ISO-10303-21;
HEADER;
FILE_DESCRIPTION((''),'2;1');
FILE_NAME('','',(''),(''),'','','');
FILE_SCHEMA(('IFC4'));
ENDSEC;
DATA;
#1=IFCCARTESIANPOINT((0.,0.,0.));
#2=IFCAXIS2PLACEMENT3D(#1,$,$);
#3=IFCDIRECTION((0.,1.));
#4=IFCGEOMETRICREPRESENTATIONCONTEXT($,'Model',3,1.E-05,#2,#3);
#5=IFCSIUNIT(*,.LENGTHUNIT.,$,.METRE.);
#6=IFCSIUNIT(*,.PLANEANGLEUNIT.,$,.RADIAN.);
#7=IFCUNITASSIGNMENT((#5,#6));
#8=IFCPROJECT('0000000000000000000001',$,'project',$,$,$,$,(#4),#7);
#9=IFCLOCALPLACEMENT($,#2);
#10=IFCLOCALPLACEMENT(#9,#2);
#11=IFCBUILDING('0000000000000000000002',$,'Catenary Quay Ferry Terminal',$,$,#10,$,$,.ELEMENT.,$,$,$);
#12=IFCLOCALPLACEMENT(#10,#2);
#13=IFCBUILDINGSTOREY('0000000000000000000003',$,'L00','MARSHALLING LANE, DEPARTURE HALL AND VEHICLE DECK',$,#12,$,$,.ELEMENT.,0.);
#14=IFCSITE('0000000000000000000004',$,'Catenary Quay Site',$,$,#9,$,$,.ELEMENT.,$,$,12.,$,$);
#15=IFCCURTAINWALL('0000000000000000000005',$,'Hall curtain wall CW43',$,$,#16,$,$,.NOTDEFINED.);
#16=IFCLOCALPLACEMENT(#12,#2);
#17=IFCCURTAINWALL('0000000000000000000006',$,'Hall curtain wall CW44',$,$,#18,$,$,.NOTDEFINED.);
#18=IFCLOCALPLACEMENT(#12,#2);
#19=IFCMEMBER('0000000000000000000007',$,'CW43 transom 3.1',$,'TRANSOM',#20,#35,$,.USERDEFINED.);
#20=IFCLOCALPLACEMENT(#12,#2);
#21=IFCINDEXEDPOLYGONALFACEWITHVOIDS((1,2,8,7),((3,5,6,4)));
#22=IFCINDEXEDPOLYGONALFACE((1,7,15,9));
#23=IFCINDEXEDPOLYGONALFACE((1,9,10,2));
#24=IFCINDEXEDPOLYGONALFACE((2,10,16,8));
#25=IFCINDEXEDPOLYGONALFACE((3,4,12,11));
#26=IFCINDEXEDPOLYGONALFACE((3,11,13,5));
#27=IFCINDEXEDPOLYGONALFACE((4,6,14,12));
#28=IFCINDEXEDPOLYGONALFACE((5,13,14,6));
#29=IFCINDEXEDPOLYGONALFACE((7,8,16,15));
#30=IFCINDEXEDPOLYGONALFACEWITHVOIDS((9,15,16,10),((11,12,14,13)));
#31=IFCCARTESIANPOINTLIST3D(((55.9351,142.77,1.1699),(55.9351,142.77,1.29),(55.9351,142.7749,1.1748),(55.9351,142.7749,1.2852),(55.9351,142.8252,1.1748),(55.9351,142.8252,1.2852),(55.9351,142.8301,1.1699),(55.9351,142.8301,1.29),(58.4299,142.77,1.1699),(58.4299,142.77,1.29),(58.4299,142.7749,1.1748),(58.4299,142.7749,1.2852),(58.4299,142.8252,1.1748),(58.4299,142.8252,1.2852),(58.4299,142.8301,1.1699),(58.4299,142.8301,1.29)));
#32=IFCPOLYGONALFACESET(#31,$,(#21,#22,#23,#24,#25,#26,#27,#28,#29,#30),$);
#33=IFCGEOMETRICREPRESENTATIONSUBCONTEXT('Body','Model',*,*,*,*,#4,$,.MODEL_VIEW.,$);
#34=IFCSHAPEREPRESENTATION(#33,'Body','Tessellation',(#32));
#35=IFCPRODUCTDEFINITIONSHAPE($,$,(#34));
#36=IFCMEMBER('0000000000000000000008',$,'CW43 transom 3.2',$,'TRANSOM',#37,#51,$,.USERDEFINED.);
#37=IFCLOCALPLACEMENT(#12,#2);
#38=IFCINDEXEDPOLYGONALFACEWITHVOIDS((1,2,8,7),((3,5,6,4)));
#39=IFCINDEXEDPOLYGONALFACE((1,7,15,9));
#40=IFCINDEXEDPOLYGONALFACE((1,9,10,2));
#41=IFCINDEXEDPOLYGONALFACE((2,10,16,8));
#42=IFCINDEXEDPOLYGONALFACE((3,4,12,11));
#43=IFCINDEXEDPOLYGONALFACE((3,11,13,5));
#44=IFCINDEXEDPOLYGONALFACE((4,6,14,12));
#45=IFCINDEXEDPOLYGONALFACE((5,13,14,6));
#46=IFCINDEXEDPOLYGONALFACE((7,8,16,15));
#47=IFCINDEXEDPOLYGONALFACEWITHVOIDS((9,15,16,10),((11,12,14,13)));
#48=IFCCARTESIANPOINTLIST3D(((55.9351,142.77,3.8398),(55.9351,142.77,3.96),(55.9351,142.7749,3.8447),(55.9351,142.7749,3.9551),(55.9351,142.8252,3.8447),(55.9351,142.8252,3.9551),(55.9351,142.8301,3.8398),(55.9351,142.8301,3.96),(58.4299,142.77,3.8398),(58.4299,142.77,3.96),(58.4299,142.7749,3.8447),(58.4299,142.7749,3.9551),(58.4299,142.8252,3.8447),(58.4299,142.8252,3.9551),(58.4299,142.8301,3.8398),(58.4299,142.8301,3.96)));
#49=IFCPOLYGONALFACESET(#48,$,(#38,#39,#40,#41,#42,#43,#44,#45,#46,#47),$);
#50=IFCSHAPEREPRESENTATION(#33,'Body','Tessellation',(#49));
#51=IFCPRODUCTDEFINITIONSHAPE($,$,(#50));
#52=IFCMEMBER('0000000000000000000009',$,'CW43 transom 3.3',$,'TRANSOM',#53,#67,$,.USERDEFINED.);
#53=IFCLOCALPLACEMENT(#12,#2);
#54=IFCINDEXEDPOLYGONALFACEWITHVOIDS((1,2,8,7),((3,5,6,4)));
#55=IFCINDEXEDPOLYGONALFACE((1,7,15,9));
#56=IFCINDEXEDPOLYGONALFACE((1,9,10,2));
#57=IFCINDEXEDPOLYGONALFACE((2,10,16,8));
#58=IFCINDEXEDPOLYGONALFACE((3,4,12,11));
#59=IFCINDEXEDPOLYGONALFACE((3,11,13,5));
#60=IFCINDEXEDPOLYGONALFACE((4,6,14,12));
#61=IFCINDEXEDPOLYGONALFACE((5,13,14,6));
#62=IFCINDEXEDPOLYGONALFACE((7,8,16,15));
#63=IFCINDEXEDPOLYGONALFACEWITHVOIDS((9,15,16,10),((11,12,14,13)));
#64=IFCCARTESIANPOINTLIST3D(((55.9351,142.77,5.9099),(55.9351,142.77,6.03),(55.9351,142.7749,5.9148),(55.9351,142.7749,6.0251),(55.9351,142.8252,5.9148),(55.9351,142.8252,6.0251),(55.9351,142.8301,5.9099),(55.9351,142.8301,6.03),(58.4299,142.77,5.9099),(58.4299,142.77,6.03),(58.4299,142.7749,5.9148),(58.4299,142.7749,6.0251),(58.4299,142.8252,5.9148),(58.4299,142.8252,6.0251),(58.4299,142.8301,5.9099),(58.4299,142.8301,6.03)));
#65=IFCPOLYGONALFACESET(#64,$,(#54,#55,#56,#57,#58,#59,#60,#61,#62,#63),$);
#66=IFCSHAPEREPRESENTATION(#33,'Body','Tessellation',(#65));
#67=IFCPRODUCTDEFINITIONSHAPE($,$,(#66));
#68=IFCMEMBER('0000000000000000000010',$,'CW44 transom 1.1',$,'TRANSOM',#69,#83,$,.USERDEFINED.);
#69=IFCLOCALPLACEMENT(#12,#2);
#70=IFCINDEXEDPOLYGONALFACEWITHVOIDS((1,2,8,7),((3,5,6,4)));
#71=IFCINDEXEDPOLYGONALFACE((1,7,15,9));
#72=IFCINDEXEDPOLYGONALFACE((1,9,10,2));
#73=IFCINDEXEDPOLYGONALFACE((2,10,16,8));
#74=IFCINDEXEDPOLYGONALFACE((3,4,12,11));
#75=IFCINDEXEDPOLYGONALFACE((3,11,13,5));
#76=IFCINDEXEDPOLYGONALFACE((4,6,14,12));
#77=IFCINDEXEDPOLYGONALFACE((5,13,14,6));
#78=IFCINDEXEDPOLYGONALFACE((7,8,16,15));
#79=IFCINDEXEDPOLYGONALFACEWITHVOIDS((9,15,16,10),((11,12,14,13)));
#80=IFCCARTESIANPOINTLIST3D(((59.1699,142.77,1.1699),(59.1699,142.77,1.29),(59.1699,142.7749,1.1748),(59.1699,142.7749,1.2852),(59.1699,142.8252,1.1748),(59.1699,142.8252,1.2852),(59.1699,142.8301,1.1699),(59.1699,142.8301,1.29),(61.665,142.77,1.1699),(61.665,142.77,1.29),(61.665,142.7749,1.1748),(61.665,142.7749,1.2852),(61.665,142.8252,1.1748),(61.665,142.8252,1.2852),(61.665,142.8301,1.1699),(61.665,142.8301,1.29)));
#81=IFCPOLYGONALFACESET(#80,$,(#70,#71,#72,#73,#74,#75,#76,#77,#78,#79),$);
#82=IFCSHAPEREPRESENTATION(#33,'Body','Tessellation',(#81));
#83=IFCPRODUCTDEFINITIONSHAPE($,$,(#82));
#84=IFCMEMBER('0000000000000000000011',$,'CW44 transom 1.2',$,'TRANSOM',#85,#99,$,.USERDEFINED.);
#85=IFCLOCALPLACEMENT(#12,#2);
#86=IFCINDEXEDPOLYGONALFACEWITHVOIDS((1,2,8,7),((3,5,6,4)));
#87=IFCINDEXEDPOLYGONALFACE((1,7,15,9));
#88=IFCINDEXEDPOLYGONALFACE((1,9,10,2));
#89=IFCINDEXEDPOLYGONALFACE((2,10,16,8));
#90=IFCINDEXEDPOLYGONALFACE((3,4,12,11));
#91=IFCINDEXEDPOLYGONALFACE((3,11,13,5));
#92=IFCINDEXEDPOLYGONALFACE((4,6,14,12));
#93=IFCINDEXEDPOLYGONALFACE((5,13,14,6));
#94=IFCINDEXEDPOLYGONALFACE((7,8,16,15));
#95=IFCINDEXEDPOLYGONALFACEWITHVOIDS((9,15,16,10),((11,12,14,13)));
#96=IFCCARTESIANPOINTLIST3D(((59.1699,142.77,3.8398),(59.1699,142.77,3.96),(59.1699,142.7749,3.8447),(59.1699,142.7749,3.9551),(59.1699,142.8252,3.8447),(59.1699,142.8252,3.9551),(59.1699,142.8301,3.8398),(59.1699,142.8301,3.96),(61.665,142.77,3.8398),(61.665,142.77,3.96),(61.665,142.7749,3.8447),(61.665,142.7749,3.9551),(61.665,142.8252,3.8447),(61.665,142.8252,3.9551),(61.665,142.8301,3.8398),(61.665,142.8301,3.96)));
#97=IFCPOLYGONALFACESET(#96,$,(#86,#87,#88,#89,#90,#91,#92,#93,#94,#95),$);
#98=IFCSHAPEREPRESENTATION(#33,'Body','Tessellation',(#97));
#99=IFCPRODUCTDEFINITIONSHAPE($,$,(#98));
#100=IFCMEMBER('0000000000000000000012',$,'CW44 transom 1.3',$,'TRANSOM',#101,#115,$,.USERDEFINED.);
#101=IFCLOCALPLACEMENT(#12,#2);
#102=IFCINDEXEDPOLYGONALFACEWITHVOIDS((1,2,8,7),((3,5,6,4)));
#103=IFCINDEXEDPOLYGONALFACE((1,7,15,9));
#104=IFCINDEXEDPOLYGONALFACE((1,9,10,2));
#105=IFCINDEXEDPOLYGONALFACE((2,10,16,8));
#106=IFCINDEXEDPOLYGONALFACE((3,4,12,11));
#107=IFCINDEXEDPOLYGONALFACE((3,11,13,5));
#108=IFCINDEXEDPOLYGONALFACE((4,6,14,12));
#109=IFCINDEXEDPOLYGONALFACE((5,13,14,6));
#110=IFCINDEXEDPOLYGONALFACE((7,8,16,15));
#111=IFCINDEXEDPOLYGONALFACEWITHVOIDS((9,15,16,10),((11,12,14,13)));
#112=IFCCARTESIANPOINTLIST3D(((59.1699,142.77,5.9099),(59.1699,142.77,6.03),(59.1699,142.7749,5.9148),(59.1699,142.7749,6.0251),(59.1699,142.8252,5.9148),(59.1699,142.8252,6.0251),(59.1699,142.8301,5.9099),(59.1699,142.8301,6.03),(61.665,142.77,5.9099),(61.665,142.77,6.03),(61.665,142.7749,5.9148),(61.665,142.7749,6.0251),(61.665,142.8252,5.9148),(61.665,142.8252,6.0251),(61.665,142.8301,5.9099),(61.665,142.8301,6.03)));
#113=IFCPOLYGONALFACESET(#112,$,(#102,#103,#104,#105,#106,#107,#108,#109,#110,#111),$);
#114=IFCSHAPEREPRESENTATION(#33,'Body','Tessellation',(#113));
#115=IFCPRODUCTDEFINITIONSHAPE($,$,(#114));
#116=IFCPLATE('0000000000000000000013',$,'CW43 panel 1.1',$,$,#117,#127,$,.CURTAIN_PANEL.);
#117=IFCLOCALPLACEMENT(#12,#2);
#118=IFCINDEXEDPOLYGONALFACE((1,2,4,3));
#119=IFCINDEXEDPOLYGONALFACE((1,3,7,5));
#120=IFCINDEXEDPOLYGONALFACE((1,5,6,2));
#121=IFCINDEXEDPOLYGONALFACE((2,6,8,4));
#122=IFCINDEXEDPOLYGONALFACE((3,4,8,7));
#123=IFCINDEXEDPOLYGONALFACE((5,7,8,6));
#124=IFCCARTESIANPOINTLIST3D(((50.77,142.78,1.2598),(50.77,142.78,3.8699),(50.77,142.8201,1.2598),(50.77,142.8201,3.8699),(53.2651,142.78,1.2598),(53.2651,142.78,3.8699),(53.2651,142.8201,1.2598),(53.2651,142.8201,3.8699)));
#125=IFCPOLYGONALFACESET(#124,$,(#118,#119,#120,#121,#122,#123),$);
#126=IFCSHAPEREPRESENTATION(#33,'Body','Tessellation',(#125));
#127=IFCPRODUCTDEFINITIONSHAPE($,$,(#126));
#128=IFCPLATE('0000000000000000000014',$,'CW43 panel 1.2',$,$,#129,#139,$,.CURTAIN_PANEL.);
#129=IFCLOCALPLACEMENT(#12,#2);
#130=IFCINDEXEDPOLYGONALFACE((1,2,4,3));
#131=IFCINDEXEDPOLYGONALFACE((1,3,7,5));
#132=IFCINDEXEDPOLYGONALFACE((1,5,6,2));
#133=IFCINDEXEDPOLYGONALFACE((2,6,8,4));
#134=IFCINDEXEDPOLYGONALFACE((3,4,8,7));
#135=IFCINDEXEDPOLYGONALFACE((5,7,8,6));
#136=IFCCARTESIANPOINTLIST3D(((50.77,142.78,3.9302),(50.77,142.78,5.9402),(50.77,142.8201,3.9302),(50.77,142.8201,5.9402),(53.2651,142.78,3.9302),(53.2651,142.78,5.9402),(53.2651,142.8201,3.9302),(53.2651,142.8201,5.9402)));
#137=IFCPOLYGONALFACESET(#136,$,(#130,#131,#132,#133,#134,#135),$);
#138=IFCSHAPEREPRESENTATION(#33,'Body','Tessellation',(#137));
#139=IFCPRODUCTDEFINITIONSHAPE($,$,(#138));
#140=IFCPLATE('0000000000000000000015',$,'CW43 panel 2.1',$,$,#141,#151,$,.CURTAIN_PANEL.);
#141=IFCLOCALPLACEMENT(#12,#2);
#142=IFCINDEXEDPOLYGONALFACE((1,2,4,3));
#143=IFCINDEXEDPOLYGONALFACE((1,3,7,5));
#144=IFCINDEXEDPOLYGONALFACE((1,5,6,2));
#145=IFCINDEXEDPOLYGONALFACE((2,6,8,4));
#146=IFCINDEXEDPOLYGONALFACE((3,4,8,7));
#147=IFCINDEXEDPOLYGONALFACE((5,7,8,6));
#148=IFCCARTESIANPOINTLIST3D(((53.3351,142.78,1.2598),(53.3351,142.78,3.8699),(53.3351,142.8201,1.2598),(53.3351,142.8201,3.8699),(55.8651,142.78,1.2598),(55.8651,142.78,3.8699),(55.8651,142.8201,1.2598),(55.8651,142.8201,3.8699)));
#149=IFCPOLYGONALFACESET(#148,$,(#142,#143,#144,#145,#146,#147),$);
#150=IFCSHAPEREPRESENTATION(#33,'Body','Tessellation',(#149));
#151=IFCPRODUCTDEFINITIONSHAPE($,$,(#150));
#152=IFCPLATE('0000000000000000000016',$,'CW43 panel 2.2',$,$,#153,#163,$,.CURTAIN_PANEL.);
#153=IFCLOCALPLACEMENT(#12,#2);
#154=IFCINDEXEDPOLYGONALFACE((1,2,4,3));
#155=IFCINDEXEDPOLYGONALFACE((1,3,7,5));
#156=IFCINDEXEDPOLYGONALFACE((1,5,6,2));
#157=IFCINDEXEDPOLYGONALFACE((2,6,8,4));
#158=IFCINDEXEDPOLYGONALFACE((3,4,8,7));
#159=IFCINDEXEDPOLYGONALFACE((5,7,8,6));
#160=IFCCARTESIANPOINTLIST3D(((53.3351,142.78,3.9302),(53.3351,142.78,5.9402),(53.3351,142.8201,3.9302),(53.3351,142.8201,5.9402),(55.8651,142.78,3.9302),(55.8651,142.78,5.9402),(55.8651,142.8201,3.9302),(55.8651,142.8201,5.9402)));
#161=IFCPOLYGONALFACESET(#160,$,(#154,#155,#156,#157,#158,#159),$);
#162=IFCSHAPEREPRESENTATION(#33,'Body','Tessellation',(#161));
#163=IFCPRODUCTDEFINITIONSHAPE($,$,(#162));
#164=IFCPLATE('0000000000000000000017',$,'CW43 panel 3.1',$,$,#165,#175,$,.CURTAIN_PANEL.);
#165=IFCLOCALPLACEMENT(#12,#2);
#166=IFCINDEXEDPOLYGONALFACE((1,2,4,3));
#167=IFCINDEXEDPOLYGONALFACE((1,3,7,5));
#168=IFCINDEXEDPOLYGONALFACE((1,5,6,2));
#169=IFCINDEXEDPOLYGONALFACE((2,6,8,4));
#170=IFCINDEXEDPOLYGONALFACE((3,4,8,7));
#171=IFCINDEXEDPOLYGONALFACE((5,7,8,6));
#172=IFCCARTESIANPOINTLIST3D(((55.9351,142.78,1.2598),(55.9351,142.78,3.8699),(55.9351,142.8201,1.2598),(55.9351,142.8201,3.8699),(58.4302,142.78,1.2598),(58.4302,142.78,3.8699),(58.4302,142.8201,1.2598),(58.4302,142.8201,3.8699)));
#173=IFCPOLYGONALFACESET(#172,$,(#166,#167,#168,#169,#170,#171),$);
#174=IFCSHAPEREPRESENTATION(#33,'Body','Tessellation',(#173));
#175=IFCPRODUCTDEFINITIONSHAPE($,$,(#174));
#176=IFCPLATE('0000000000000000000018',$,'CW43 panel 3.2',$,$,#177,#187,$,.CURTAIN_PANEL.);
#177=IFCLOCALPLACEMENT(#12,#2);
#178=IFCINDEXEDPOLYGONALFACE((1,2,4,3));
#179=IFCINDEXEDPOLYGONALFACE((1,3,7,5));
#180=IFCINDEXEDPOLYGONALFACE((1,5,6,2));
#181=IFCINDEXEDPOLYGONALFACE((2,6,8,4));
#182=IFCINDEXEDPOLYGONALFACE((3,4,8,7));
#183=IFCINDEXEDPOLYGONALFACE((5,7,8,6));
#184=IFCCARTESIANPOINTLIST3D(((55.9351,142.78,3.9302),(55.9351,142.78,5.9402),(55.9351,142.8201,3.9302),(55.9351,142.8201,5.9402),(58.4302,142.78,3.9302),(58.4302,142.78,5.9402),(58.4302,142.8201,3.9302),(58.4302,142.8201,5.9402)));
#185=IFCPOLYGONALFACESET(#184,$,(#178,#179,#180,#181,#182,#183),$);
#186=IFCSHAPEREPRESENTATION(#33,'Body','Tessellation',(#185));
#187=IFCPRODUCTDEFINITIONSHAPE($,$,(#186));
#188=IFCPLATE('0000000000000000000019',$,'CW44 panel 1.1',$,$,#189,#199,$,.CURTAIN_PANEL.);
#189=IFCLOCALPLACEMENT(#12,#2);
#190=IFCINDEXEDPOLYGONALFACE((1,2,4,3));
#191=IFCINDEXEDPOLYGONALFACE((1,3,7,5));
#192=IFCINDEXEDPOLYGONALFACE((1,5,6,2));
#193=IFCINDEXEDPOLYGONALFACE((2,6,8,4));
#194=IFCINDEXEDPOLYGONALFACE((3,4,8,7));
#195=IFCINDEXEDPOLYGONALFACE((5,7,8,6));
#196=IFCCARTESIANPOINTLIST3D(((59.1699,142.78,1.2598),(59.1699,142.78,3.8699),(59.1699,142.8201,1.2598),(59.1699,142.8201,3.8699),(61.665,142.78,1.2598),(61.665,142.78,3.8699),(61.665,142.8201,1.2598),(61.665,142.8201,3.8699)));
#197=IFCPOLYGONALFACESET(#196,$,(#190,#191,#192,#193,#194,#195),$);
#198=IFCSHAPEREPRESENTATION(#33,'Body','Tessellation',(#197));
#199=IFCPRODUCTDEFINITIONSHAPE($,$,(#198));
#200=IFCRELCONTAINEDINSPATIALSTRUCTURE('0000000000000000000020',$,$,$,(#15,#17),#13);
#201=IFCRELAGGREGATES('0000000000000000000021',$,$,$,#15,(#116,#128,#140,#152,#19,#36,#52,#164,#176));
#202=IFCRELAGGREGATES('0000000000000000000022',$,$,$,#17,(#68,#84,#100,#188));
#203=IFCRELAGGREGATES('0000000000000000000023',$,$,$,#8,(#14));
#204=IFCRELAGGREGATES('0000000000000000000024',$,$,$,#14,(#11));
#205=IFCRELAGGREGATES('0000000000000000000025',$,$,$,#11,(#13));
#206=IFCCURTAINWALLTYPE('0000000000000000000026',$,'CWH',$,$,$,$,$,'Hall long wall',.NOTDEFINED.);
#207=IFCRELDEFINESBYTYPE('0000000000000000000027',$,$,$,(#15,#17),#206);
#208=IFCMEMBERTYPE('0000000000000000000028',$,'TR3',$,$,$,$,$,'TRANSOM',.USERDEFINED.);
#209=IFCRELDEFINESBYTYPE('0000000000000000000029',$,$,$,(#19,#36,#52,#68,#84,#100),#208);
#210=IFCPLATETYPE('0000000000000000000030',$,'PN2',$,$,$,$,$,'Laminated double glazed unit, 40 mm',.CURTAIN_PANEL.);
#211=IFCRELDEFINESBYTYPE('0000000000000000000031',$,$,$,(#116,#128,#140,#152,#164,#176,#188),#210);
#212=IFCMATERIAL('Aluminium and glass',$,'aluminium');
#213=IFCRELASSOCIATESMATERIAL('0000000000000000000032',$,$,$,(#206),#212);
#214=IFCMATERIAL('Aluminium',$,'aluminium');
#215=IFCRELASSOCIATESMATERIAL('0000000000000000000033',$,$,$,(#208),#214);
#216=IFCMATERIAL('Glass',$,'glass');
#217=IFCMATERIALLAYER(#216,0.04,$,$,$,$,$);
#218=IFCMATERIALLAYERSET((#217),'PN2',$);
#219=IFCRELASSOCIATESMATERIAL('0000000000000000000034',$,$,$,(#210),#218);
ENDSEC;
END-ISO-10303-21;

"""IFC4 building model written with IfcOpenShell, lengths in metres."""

from ifc_helpers import new_model, si_unit, direction, frame, origin, origin_2d, place, context, subcontext, project, spatial, rectangle, hollow_rectangle, extrude, material, layer, layer_set, material_profile, profile_set, type_object, element, aggregate, save


model = new_model("IFC4")

# Units and contexts
model_context = context("Model", 3, precision=1e-05, world=origin(), true_north=direction((0.0, 1.0)))
body_context = subcontext(model_context, "Body", "Model", "MODEL_VIEW")
ifc_project = project(units=[si_unit("LENGTHUNIT", "METRE"), si_unit("PLANEANGLEUNIT", "RADIAN")], contexts=[model_context])

# Site, building, storey
site_placement = place(None, origin())
site = spatial("IfcSite", under=ifc_project, at=site_placement, Name="Catenary Quay Site", CompositionType="ELEMENT", RefElevation=12.0)
building_placement = place(site_placement, origin())
building = spatial("IfcBuilding", under=site, at=building_placement, Name="Catenary Quay Ferry Terminal", CompositionType="ELEMENT")
storey_placement = place(building_placement, origin())
storey = spatial("IfcBuildingStorey", under=building, at=storey_placement, Name="L00", Description="MARSHALLING LANE, DEPARTURE HALL AND VEHICLE DECK", CompositionType="ELEMENT", Elevation=0.0)

# Curtain wall
ifc_material_1 = material(Name="Aluminium and glass", Category="aluminium")
curtain_wall_type = type_object("IfcCurtainWallType", Name="CWH", ElementType="Hall long wall", PredefinedType="NOTDEFINED", material=ifc_material_1)
curtain_wall_1_placement = place(storey_placement, origin())
curtain_wall_1 = element("IfcCurtainWall", 1, at=curtain_wall_1_placement, inside=storey, type_object=curtain_wall_type, Name="Hall curtain wall CW43", PredefinedType="NOTDEFINED")

# Curtain wall
curtain_wall_2_placement = place(storey_placement, origin())
curtain_wall_2 = element("IfcCurtainWall", 2, at=curtain_wall_2_placement, inside=storey, type_object=curtain_wall_type, Name="Hall curtain wall CW44", PredefinedType="NOTDEFINED")

# Members
ifc_material_2 = material(Name="Aluminium", Category="aluminium")
ifc_material_profile_1 = material_profile(ifc_material_2, hollow_rectangle(XDim=0.0601, YDim=0.1201, WallThickness=0.0049, at=origin_2d()), Name="TR3")
ifc_profile_set_1 = profile_set([ifc_material_profile_1], Name="Aluminium")
member_type_1 = type_object("IfcMemberType", Name="TR3", ElementType="TRANSOM", PredefinedType="USERDEFINED", material=ifc_profile_set_1)
member_1_placement = place(storey_placement, frame((55.9351, 142.8, 1.23), z_axis=(1.0, 0.0, 0.0), x_axis=(0.0, 1.0, 0.0)))
member_1 = element("IfcMember", 3, at=member_1_placement, type_object=member_type_1, Name="CW43 transom 3.1", ObjectType="TRANSOM", PredefinedType="USERDEFINED", context=body_context, shape_type="SweptSolid", body=[
    extrude(hollow_rectangle(XDim=0.0601, YDim=0.1201, WallThickness=0.0049, at=origin_2d()), origin(), (0.0, 0.0, 1.0), 2.4949),
])
member_2_placement = place(storey_placement, frame((55.9351, 142.8, 3.8999), z_axis=(1.0, 0.0, 0.0), x_axis=(0.0, 1.0, 0.0)))
member_2 = element("IfcMember", 4, at=member_2_placement, type_object=member_type_1, Name="CW43 transom 3.2", ObjectType="TRANSOM", PredefinedType="USERDEFINED", context=body_context, shape_type="SweptSolid", body=[
    extrude(hollow_rectangle(XDim=0.0601, YDim=0.1201, WallThickness=0.0049, at=origin_2d()), origin(), (0.0, 0.0, 1.0), 2.4949),
])
member_3_placement = place(storey_placement, frame((55.9351, 142.8, 5.97), z_axis=(1.0, 0.0, 0.0), x_axis=(0.0, 1.0, 0.0)))
member_3 = element("IfcMember", 5, at=member_3_placement, type_object=member_type_1, Name="CW43 transom 3.3", ObjectType="TRANSOM", PredefinedType="USERDEFINED", context=body_context, shape_type="SweptSolid", body=[
    extrude(hollow_rectangle(XDim=0.0601, YDim=0.1201, WallThickness=0.0049, at=origin_2d()), origin(), (0.0, 0.0, 1.0), 2.4949),
])
member_4_placement = place(storey_placement, frame((59.1699, 142.8, 1.23), z_axis=(1.0, 0.0, 0.0), x_axis=(0.0, 1.0, 0.0)))
member_4 = element("IfcMember", 6, at=member_4_placement, type_object=member_type_1, Name="CW44 transom 1.1", ObjectType="TRANSOM", PredefinedType="USERDEFINED", context=body_context, shape_type="SweptSolid", body=[
    extrude(hollow_rectangle(XDim=0.0601, YDim=0.1201, WallThickness=0.0049, at=origin_2d()), origin(), (0.0, 0.0, 1.0), 2.4951),
])
member_5_placement = place(storey_placement, frame((59.1699, 142.8, 3.8999), z_axis=(1.0, 0.0, 0.0), x_axis=(0.0, 1.0, 0.0)))
member_5 = element("IfcMember", 7, at=member_5_placement, type_object=member_type_1, Name="CW44 transom 1.2", ObjectType="TRANSOM", PredefinedType="USERDEFINED", context=body_context, shape_type="SweptSolid", body=[
    extrude(hollow_rectangle(XDim=0.0601, YDim=0.1201, WallThickness=0.0049, at=origin_2d()), origin(), (0.0, 0.0, 1.0), 2.4951),
])
member_6_placement = place(storey_placement, frame((59.1699, 142.8, 5.97), z_axis=(1.0, 0.0, 0.0), x_axis=(0.0, 1.0, 0.0)))
member_6 = element("IfcMember", 8, at=member_6_placement, type_object=member_type_1, Name="CW44 transom 1.3", ObjectType="TRANSOM", PredefinedType="USERDEFINED", context=body_context, shape_type="SweptSolid", body=[
    extrude(hollow_rectangle(XDim=0.0601, YDim=0.1201, WallThickness=0.0049, at=origin_2d()), origin(), (0.0, 0.0, 1.0), 2.4951),
])

# Plates
ifc_material_3 = material(Name="Glass", Category="glass")
ifc_layer_1 = layer(ifc_material_3, 0.04)
ifc_layer_set_1 = layer_set([ifc_layer_1], Name="PN2")
plate_type = type_object("IfcPlateType", Name="PN2", ElementType="Laminated double glazed unit, 40 mm", PredefinedType="CURTAIN_PANEL", material=ifc_layer_set_1)
plate_1_placement = place(storey_placement, frame((52.0176, 142.8, 1.2598), z_axis=(0.0, 0.0, 1.0), x_axis=(1.0, 0.0, 0.0)))
plate_1 = element("IfcPlate", 9, at=plate_1_placement, type_object=plate_type, Name="CW43 panel 1.1", PredefinedType="CURTAIN_PANEL", context=body_context, shape_type="SweptSolid", body=[
    extrude(rectangle(XDim=2.4951, YDim=0.04, at=origin_2d()), origin(), (0.0, 0.0, 1.0), 2.6101),
])
plate_2_placement = place(storey_placement, frame((52.0176, 142.8, 3.9302), z_axis=(0.0, 0.0, 1.0), x_axis=(1.0, 0.0, 0.0)))
plate_2 = element("IfcPlate", 10, at=plate_2_placement, type_object=plate_type, Name="CW43 panel 1.2", PredefinedType="CURTAIN_PANEL", context=body_context, shape_type="SweptSolid", body=[
    extrude(rectangle(XDim=2.4951, YDim=0.04, at=origin_2d()), origin(), (0.0, 0.0, 1.0), 2.01),
])
plate_3_placement = place(storey_placement, frame((54.6001, 142.8, 1.2598), z_axis=(0.0, 0.0, 1.0), x_axis=(1.0, 0.0, 0.0)))
plate_3 = element("IfcPlate", 11, at=plate_3_placement, type_object=plate_type, Name="CW43 panel 2.1", PredefinedType="CURTAIN_PANEL", context=body_context, shape_type="SweptSolid", body=[
    extrude(rectangle(XDim=2.53, YDim=0.04, at=origin_2d()), origin(), (0.0, 0.0, 1.0), 2.6101),
])
plate_4_placement = place(storey_placement, frame((54.6001, 142.8, 3.9302), z_axis=(0.0, 0.0, 1.0), x_axis=(1.0, 0.0, 0.0)))
plate_4 = element("IfcPlate", 12, at=plate_4_placement, type_object=plate_type, Name="CW43 panel 2.2", PredefinedType="CURTAIN_PANEL", context=body_context, shape_type="SweptSolid", body=[
    extrude(rectangle(XDim=2.53, YDim=0.04, at=origin_2d()), origin(), (0.0, 0.0, 1.0), 2.01),
])
plate_5_placement = place(storey_placement, frame((57.1826, 142.8, 1.2598), z_axis=(0.0, 0.0, 1.0), x_axis=(1.0, 0.0, 0.0)))
plate_5 = element("IfcPlate", 13, at=plate_5_placement, type_object=plate_type, Name="CW43 panel 3.1", PredefinedType="CURTAIN_PANEL", context=body_context, shape_type="SweptSolid", body=[
    extrude(rectangle(XDim=2.4951, YDim=0.04, at=origin_2d()), origin(), (0.0, 0.0, 1.0), 2.6101),
])
plate_6_placement = place(storey_placement, frame((57.1826, 142.8, 3.9302), z_axis=(0.0, 0.0, 1.0), x_axis=(1.0, 0.0, 0.0)))
plate_6 = element("IfcPlate", 14, at=plate_6_placement, type_object=plate_type, Name="CW43 panel 3.2", PredefinedType="CURTAIN_PANEL", context=body_context, shape_type="SweptSolid", body=[
    extrude(rectangle(XDim=2.4951, YDim=0.04, at=origin_2d()), origin(), (0.0, 0.0, 1.0), 2.01),
])
aggregate(curtain_wall_1, [plate_1, plate_2, plate_3, plate_4, member_1, member_2, member_3, plate_5, plate_6])
plate_7_placement = place(storey_placement, frame((60.4175, 142.8, 1.2598), z_axis=(0.0, 0.0, 1.0), x_axis=(1.0, 0.0, 0.0)))
plate_7 = element("IfcPlate", 15, at=plate_7_placement, type_object=plate_type, Name="CW44 panel 1.1", PredefinedType="CURTAIN_PANEL", context=body_context, shape_type="SweptSolid", body=[
    extrude(rectangle(XDim=2.4951, YDim=0.04, at=origin_2d()), origin(), (0.0, 0.0, 1.0), 2.6101),
])
aggregate(curtain_wall_2, [member_4, member_5, member_6, plate_7])

save(model, "model.ifc")
